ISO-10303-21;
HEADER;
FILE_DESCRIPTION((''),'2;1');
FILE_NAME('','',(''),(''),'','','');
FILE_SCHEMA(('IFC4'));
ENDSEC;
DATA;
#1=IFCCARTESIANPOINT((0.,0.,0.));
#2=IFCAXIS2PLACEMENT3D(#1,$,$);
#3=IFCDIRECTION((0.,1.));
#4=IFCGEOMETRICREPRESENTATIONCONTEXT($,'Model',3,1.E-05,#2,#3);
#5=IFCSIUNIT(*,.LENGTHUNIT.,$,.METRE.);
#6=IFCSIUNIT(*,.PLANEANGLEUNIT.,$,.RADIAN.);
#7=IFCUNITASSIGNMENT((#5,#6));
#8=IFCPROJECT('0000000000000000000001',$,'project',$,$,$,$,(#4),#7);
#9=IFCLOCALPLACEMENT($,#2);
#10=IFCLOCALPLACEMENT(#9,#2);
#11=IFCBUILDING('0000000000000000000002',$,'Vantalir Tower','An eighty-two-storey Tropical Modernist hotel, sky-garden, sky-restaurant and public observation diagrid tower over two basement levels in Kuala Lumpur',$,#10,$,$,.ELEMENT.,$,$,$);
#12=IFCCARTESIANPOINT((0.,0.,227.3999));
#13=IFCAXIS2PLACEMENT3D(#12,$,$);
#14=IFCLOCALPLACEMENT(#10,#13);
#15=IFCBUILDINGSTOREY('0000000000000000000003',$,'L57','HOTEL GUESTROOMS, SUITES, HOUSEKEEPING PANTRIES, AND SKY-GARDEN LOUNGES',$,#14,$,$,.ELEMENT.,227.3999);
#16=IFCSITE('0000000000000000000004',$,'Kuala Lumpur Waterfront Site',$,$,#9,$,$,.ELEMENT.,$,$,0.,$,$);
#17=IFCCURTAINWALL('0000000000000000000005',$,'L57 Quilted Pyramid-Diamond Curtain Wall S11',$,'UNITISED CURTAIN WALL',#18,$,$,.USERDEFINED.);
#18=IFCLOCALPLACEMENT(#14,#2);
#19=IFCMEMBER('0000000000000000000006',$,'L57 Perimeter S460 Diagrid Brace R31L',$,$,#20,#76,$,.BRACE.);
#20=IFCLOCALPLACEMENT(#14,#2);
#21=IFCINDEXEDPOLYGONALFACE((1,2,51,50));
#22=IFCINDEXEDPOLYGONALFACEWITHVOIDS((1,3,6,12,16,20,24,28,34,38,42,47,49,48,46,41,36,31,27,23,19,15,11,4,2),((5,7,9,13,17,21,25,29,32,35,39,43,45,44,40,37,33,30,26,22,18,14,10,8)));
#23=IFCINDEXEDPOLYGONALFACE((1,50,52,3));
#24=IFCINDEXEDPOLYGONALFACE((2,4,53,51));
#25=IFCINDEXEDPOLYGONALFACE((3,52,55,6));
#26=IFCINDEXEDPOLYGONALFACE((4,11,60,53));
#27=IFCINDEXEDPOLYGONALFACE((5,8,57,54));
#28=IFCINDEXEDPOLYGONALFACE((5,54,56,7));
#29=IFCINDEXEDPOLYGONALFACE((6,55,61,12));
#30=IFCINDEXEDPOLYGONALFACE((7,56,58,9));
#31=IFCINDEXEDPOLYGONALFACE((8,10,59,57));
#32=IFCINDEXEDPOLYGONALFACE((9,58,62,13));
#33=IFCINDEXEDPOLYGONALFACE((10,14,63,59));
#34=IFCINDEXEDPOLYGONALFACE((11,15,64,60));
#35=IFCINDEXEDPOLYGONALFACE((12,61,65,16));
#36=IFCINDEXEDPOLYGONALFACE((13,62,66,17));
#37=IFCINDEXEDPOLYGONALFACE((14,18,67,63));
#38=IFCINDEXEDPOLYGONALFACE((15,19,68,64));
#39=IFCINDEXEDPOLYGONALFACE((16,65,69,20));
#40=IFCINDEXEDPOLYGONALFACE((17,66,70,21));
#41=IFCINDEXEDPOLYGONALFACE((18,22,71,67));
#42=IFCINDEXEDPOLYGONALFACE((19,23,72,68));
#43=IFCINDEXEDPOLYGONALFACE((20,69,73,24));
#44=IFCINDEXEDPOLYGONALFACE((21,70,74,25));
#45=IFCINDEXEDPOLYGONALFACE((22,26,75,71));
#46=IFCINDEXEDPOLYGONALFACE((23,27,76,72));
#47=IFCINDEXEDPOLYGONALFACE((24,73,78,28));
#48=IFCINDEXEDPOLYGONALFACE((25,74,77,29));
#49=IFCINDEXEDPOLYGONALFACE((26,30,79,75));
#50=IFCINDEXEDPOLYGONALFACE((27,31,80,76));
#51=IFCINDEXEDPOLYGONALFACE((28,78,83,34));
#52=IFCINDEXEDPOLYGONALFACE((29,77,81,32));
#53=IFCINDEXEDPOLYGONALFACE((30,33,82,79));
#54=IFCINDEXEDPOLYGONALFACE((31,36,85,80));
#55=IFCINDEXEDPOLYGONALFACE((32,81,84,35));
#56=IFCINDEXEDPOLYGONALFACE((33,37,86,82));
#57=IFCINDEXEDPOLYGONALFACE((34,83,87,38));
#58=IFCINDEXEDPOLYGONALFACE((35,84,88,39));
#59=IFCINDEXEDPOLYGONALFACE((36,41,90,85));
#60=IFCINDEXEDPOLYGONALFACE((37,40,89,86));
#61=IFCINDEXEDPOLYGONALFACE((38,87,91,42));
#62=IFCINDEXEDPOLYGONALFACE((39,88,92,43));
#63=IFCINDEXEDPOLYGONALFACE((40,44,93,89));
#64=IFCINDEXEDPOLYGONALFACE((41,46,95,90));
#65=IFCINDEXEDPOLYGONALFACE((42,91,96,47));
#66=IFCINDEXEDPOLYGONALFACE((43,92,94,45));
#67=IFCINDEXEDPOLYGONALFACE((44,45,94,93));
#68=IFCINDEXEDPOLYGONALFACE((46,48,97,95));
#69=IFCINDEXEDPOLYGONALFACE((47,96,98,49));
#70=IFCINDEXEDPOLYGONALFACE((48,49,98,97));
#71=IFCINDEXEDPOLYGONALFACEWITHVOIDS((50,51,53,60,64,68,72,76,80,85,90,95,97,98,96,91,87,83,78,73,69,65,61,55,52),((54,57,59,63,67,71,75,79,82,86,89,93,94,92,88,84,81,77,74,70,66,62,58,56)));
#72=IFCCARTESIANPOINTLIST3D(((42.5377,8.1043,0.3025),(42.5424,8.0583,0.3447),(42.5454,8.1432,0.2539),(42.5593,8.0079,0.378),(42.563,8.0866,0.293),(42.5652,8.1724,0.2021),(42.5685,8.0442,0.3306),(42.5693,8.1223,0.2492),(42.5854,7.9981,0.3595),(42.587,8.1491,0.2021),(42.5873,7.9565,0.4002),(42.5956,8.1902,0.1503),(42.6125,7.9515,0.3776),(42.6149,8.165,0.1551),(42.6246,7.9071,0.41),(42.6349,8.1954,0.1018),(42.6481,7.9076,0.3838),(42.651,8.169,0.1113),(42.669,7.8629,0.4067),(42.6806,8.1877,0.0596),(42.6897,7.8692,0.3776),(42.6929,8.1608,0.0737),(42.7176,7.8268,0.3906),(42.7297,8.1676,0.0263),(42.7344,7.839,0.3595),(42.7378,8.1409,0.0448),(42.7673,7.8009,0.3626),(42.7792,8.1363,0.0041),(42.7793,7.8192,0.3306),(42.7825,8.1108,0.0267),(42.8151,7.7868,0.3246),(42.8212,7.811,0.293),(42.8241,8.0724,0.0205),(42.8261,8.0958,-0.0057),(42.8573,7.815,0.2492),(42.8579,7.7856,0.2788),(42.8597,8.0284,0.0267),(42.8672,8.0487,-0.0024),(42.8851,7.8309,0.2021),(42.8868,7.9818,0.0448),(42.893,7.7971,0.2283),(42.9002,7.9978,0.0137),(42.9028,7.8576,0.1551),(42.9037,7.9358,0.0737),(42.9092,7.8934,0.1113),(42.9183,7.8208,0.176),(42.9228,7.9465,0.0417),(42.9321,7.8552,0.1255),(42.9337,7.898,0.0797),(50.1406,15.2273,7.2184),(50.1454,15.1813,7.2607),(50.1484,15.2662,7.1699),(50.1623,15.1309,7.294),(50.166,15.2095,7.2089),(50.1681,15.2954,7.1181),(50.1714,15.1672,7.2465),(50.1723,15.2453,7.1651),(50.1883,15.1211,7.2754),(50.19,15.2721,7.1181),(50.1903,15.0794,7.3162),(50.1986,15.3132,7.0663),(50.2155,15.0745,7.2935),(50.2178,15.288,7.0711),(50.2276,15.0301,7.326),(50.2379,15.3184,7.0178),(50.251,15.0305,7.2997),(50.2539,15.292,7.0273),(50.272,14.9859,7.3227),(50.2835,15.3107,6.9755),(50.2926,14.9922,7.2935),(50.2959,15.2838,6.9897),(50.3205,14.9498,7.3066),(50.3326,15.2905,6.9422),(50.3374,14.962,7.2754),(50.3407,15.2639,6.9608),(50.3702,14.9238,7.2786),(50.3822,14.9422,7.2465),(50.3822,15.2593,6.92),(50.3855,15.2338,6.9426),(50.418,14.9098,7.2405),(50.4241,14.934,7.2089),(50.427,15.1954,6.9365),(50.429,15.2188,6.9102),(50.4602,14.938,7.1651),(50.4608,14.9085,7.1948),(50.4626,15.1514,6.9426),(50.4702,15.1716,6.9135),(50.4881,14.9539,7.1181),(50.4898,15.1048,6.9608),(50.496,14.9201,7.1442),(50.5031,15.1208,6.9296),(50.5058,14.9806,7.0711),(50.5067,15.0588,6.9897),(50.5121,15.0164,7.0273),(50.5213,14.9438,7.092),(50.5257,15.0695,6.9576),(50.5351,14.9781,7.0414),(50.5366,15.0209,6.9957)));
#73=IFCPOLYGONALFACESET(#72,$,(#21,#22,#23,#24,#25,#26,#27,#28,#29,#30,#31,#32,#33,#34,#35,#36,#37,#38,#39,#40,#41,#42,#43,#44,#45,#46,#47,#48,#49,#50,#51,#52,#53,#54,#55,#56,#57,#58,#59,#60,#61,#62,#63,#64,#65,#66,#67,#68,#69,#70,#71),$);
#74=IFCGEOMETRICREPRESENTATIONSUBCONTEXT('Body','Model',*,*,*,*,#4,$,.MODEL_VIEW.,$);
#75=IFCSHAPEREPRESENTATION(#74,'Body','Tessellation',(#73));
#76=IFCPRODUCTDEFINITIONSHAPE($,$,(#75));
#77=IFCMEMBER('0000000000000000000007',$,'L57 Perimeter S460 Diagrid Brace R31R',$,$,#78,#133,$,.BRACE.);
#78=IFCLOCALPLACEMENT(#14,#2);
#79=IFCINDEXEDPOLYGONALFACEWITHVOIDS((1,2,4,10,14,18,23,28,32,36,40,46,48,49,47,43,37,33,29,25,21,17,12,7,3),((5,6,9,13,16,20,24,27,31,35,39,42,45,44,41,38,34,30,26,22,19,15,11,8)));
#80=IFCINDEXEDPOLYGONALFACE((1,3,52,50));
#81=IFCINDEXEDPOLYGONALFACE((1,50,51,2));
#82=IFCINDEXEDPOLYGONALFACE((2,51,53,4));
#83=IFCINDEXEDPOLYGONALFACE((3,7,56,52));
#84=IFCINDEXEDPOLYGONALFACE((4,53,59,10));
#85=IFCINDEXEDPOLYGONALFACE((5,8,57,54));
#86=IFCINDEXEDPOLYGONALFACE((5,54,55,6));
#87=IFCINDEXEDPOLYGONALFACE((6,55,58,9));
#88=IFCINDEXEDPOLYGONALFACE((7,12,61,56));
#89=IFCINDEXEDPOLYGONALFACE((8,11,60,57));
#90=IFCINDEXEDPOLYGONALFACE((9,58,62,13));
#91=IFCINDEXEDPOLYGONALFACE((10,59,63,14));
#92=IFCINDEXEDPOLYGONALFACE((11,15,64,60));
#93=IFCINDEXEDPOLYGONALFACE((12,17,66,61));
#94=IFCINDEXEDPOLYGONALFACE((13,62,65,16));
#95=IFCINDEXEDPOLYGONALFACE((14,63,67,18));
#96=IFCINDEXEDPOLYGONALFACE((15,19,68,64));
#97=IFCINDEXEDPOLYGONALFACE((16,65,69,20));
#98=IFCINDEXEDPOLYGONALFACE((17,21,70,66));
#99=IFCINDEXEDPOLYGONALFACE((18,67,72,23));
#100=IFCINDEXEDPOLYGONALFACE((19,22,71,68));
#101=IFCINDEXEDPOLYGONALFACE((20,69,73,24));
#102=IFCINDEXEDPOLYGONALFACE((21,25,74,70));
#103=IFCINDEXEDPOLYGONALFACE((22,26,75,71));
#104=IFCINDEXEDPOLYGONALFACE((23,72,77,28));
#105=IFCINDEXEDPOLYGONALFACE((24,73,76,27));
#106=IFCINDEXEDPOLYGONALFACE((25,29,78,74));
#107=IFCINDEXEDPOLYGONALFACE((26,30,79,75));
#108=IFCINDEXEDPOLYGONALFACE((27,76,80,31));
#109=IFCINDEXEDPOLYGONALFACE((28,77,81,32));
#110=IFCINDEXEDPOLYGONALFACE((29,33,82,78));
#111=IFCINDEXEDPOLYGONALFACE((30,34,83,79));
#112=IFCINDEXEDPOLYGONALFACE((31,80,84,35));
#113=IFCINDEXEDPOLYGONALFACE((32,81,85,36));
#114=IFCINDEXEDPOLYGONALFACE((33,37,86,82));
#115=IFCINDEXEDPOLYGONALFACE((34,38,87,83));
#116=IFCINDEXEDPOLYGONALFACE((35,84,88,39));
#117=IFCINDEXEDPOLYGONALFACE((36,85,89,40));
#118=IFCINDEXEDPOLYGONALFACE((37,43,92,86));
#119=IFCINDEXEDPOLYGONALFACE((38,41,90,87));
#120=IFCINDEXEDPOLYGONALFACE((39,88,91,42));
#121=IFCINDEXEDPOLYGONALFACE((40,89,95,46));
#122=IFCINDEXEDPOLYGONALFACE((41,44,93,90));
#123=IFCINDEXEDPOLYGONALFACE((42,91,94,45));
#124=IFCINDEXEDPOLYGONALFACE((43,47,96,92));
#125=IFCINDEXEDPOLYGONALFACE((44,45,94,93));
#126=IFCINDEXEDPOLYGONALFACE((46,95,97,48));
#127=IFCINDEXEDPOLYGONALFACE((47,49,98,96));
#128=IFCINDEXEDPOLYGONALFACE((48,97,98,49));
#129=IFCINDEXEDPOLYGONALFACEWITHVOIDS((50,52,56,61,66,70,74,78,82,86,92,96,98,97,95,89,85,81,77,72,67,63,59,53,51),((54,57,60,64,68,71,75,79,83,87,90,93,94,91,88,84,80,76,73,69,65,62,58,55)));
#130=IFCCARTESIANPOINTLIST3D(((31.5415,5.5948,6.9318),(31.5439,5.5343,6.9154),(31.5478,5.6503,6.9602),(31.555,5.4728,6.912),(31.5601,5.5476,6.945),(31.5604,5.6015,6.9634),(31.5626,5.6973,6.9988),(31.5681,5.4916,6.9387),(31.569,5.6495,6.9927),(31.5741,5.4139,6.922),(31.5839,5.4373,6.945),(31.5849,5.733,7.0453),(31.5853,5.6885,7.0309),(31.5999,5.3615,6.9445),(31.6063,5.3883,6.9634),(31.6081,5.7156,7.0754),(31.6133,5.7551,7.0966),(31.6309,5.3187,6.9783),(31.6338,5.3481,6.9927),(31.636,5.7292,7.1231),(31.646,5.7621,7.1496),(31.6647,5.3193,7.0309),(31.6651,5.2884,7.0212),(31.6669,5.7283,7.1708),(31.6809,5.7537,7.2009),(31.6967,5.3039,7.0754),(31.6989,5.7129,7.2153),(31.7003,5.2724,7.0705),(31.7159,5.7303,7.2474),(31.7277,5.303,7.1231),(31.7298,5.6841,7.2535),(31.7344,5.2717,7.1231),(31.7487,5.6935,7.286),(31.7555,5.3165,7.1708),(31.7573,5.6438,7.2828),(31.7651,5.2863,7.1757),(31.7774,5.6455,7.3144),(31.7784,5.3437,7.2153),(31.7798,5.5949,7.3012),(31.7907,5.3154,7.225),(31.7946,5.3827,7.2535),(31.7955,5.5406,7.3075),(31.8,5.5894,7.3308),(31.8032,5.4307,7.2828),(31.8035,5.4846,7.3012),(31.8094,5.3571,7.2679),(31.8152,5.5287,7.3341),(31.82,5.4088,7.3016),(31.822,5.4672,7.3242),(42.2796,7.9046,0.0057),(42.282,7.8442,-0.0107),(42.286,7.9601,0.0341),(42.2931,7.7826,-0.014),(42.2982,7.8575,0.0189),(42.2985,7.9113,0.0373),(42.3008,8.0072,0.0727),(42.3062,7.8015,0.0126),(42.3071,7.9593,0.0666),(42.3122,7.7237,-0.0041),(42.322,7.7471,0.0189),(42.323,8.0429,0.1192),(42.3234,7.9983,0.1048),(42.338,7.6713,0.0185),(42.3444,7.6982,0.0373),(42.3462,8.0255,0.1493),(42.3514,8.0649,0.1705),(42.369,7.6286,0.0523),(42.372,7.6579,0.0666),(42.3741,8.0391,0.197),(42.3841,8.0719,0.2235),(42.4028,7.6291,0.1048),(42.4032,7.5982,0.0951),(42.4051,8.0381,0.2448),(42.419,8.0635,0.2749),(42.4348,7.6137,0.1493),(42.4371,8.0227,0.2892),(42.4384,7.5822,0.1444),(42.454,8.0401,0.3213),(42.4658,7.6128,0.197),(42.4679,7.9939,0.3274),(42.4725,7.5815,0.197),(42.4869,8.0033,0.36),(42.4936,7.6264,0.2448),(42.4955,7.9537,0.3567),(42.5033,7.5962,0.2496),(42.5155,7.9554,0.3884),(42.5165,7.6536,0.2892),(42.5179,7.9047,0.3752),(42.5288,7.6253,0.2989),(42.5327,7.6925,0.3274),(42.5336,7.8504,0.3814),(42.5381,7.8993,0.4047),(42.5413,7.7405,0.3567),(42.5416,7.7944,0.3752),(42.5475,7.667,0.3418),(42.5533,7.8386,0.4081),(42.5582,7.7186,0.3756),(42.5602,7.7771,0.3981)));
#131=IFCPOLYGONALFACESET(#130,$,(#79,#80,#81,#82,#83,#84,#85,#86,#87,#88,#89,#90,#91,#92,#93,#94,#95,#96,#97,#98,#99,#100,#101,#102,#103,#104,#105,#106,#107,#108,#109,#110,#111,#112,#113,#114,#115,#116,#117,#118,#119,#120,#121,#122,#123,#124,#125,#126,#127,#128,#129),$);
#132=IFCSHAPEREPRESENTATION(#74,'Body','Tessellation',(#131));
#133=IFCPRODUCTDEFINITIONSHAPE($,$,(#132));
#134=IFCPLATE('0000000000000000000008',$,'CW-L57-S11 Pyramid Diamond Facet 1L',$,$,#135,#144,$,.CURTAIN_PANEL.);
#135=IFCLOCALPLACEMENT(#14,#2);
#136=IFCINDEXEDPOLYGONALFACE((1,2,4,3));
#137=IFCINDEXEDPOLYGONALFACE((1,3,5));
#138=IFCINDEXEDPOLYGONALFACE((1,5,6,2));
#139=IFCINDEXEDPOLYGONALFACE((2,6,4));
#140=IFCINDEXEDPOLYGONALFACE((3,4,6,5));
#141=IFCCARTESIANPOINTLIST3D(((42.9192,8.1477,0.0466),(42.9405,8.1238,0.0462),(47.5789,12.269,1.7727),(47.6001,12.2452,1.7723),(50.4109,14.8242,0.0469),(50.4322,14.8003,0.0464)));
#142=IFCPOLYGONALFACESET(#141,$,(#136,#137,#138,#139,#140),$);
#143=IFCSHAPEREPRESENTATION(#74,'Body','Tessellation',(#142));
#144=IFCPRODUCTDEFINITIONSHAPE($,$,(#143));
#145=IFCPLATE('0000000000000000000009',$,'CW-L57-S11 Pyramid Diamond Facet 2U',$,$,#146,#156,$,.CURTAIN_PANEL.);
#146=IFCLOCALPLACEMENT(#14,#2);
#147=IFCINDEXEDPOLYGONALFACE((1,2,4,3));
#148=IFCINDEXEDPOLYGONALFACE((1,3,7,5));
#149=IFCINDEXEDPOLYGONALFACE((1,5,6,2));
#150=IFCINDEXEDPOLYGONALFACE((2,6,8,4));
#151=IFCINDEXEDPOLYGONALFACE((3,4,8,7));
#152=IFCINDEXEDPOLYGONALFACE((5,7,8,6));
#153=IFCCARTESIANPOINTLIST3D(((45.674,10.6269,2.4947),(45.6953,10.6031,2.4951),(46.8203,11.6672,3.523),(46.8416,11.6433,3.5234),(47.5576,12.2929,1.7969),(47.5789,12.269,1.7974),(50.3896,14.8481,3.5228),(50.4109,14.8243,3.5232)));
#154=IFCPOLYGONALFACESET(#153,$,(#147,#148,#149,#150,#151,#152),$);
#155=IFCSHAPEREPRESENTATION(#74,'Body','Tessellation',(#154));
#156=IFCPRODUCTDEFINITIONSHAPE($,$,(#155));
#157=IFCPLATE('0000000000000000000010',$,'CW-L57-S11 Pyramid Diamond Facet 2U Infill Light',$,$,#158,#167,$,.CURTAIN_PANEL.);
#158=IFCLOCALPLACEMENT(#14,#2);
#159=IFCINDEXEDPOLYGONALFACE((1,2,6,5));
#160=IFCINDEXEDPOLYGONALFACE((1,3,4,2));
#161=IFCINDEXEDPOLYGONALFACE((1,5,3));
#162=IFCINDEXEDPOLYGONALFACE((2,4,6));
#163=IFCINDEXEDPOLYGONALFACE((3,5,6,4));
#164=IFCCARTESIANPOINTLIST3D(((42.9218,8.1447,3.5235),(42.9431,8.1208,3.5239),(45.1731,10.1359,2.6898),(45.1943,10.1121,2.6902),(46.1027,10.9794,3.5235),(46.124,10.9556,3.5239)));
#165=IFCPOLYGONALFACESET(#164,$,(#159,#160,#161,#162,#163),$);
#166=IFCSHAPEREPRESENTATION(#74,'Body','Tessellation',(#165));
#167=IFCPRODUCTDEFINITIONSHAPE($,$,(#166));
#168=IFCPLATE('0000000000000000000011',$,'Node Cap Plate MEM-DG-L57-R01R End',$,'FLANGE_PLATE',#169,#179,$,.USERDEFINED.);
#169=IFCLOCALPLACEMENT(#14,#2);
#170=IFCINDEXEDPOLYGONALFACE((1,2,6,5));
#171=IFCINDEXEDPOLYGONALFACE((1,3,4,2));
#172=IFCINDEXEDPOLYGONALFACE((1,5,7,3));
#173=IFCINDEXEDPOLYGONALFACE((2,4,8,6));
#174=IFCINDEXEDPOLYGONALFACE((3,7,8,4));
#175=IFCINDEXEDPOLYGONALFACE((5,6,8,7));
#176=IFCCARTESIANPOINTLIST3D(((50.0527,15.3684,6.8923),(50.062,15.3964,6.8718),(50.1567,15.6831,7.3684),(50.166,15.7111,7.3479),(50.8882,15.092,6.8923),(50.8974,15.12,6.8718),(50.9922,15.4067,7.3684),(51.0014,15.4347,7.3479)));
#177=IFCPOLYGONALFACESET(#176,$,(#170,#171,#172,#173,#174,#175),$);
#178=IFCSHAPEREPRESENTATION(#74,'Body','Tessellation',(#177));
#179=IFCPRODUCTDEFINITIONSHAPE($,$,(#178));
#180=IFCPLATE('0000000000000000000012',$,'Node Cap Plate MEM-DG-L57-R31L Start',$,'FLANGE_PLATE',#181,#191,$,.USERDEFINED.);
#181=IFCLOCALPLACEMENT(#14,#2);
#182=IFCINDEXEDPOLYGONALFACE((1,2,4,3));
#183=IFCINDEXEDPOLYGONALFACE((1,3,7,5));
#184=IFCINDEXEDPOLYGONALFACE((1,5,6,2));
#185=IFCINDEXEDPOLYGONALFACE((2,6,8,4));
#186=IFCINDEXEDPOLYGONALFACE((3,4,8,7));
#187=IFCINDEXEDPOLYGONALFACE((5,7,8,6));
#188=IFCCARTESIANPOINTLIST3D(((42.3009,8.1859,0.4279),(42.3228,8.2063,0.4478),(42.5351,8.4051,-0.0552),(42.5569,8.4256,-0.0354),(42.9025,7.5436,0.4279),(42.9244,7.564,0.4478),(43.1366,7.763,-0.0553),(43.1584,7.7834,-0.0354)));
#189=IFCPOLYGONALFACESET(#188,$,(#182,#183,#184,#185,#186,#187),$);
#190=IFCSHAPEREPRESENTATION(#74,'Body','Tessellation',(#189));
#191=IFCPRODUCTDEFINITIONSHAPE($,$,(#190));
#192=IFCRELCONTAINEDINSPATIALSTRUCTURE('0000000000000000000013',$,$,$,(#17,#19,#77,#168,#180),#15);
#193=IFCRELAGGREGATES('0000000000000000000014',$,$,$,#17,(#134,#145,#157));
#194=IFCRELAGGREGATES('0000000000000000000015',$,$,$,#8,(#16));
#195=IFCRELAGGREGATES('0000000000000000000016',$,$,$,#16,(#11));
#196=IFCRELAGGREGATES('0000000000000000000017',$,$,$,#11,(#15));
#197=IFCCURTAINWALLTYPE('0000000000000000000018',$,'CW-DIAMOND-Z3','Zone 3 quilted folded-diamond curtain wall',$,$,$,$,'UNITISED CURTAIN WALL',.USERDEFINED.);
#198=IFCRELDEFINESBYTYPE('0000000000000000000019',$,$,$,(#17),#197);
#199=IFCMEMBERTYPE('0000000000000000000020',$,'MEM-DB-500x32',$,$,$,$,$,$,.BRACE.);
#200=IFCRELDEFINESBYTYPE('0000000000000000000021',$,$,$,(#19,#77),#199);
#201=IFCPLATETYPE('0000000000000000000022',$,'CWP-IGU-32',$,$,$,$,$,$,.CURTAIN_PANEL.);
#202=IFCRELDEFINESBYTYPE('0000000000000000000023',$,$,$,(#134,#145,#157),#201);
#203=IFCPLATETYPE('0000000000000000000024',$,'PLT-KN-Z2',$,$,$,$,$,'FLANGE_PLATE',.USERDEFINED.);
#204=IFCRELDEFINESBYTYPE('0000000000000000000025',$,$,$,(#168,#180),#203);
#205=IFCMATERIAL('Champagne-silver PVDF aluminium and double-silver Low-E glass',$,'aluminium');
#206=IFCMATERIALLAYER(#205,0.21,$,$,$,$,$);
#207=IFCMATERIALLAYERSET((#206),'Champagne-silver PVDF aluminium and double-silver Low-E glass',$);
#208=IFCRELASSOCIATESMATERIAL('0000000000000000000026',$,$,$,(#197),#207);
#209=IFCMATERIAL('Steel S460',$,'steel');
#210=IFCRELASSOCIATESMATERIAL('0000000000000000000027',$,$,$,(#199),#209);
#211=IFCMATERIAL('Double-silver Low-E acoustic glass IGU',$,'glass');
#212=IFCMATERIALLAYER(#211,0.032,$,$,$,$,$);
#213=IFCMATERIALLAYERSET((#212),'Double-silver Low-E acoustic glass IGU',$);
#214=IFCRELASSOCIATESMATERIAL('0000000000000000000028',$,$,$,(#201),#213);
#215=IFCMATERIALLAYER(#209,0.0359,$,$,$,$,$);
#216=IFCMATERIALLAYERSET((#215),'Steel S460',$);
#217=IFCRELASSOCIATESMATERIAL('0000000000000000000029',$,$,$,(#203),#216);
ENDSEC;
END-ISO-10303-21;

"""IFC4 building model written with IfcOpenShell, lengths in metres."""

from ifc_helpers import new_model, si_unit, direction, frame, origin, origin_2d, place, context, subcontext, project, spatial, polyline, hollow_circle, outline, extrude, material, layer, layer_set, material_profile, profile_set, type_object, element, aggregate, save


model = new_model("IFC4")

# Units and contexts
model_context = context("Model", 3, precision=1e-05, world=origin(), true_north=direction((0.0, 1.0)))
body_context = subcontext(model_context, "Body", "Model", "MODEL_VIEW")
ifc_project = project(units=[si_unit("LENGTHUNIT", "METRE"), si_unit("PLANEANGLEUNIT", "RADIAN")], contexts=[model_context])

# Site, building, storey
site_placement = place(None, origin())
site = spatial("IfcSite", under=ifc_project, at=site_placement, Name="Kuala Lumpur Waterfront Site", CompositionType="ELEMENT", RefElevation=0.0)
building_placement = place(site_placement, origin())
building = spatial("IfcBuilding", under=site, at=building_placement, Name="Vantalir Tower", Description="An eighty-two-storey Tropical Modernist hotel, sky-garden, sky-restaurant and public observation diagrid tower over two basement levels in Kuala Lumpur", CompositionType="ELEMENT")
storey_placement = place(building_placement, frame((0.0, 0.0, 227.3999)))
storey = spatial("IfcBuildingStorey", under=building, at=storey_placement, Name="L57", Description="HOTEL GUESTROOMS, SUITES, HOUSEKEEPING PANTRIES, AND SKY-GARDEN LOUNGES", CompositionType="ELEMENT", Elevation=227.3999)

# Shared definitions
ifc_material_1 = material(Name="Steel S460", Category="steel")

# Curtain wall
ifc_material_2 = material(Name="Champagne-silver PVDF aluminium and double-silver Low-E glass", Category="aluminium")
ifc_layer_1 = layer(ifc_material_2, 0.21)
ifc_layer_set_1 = layer_set([ifc_layer_1], Name="Champagne-silver PVDF aluminium and double-silver Low-E glass")
curtain_wall_type = type_object("IfcCurtainWallType", Name="CW-DIAMOND-Z3", Description="Zone 3 quilted folded-diamond curtain wall", ElementType="UNITISED CURTAIN WALL", PredefinedType="USERDEFINED", material=ifc_layer_set_1)
curtain_wall_1_placement = place(storey_placement, origin())
curtain_wall_1 = element("IfcCurtainWall", 1, at=curtain_wall_1_placement, inside=storey, type_object=curtain_wall_type, Name="L57 Quilted Pyramid-Diamond Curtain Wall S11", ObjectType="UNITISED CURTAIN WALL", PredefinedType="USERDEFINED")

# Members
ifc_material_profile_1 = material_profile(ifc_material_1, hollow_circle(Radius=0.25, WallThickness=0.032, at=origin_2d()), Name="Steel S460")
ifc_profile_set_1 = profile_set([ifc_material_profile_1], Name="Steel S460")
member_type_1 = type_object("IfcMemberType", Name="MEM-DB-500x32", PredefinedType="BRACE", material=ifc_profile_set_1)
member_1_placement = place(storey_placement, frame((42.7361, 7.99, 0.2021), z_axis=(0.607999, 0.569616, 0.55306), x_axis=(-0.683696, 0.729767, 0.0)))
element("IfcMember", 2, at=member_1_placement, inside=storey, type_object=member_type_1, Name="L57 Perimeter S460 Diagrid Brace R31L", PredefinedType="BRACE", context=body_context, shape_type="SweptSolid", body=[
    extrude(hollow_circle(Radius=0.25, WallThickness=0.032, at=origin_2d()), origin(), (0.0, 0.0, 1.0), 12.5049),
])
member_2_placement = place(storey_placement, frame((42.4199, 7.8259, 0.197), z_axis=(-0.826956, -0.177883, 0.533386), x_axis=(0.210296, -0.977638, 0.0)))
element("IfcMember", 3, at=member_2_placement, inside=storey, type_object=member_type_1, Name="L57 Perimeter S460 Diagrid Brace R31R", PredefinedType="BRACE", context=body_context, shape_type="SweptSolid", body=[
    extrude(hollow_circle(Radius=0.25, WallThickness=0.032, at=origin_2d()), origin(), (0.0, 0.0, 1.0), 12.9851),
])

# Plates
ifc_material_3 = material(Name="Double-silver Low-E acoustic glass IGU", Category="glass")
ifc_layer_2 = layer(ifc_material_3, 0.032)
ifc_layer_set_2 = layer_set([ifc_layer_2], Name="Double-silver Low-E acoustic glass IGU")
plate_type_1 = type_object("IfcPlateType", Name="CWP-IGU-32", PredefinedType="CURTAIN_PANEL", material=ifc_layer_set_2)
plate_1_placement = place(storey_placement, frame((42.9192, 8.1477, 0.0466), z_axis=(-0.665261, 0.746488, 0.013539), x_axis=(0.746556, 0.665322, 0.000024)))
plate_1 = element("IfcPlate", 4, at=plate_1_placement, type_object=plate_type_1, Name="CW-L57-S11 Pyramid Diamond Facet 1L", PredefinedType="CURTAIN_PANEL", context=body_context, shape_type="SweptSolid", body=[
    extrude(outline(polyline([(0.0, 0.0), (10.035, 0.0), (6.2208, -1.7261), (0.0, 0.0)])), origin(), (0.0, 0.0, -1.0), 0.032),
])
plate_2_placement = place(storey_placement, frame((46.8416, 11.6433, 3.5234), z_axis=(0.665266, -0.746484, 0.013559), x_axis=(0.746553, 0.665326, -0.000051)))
plate_2 = element("IfcPlate", 5, at=plate_2_placement, type_object=plate_type_1, Name="CW-L57-S11 Pyramid Diamond Facet 2U", PredefinedType="CURTAIN_PANEL", context=body_context, shape_type="SweptSolid", body=[
    extrude(outline(polyline([(0.0, 0.0), (4.781, 0.0), (0.9668, -1.7262), (-1.5478, -1.0285), (0.0, 0.0)])), origin(), (0.0, 0.0, -1.0), 0.032),
])
plate_3_placement = place(storey_placement, frame((42.9431, 8.1208, 3.5239), z_axis=(0.665253, -0.746497, 0.01343), x_axis=(0.746565, 0.665313, 0.0)))
plate_3 = element("IfcPlate", 6, at=plate_3_placement, type_object=plate_type_1, Name="CW-L57-S11 Pyramid Diamond Facet 2U Infill Light", PredefinedType="CURTAIN_PANEL", context=body_context, shape_type="SweptSolid", body=[
    extrude(outline(polyline([(0.0, 0.0), (4.2607, 0.0), (3.0055, -0.8338), (0.0, 0.0)])), origin(), (0.0, 0.0, -1.0), 0.032),
])
aggregate(curtain_wall_1, [plate_1, plate_2, plate_3])

# Plates
ifc_layer_3 = layer(ifc_material_1, 0.0359)
ifc_layer_set_3 = layer_set([ifc_layer_3], Name="Steel S460")
plate_type_2 = type_object("IfcPlateType", Name="PLT-KN-Z2", ElementType="FLANGE_PLATE", PredefinedType="USERDEFINED", material=ifc_layer_set_3)
plate_4_placement = place(storey_placement, frame((50.0527, 15.3684, 6.8923), z_axis=(-0.257751, -0.779173, 0.571362), x_axis=(0.949402, -0.314063, 0.0)))
element("IfcPlate", 7, at=plate_4_placement, inside=storey, type_object=plate_type_2, Name="Node Cap Plate MEM-DG-L57-R01R End", ObjectType="FLANGE_PLATE", PredefinedType="USERDEFINED", context=body_context, shape_type="SweptSolid", body=[
    extrude(outline(polyline([(0.0, 0.0), (0.88, 0.0), (0.8799, 0.5801), (-0.0001, 0.5801), (0.0, 0.0)])), origin(), (0.0, 0.0, -1.0), 0.0359),
])
for number, where, z_axis, x_axis, name in (
    (8, (43.1584, 7.7834, -0.0354), (0.607987, 0.569504, 0.553188), (-0.683653, 0.729807, 0.000044), "Node Cap Plate MEM-DG-L57-R31L Start"),
):
    element("IfcPlate", number, at=place(storey_placement, frame(where, z_axis=z_axis, x_axis=x_axis)), inside=storey, type_object=plate_type_2, Name=name, ObjectType="FLANGE_PLATE", PredefinedType="USERDEFINED", context=body_context, shape_type="SweptSolid", body=[
        extrude(outline(polyline([(0.0, 0.0), (0.8799, 0.0), (0.8799, 0.5799), (-0.0001, 0.58), (0.0, 0.0)])), origin(), (0.0, 0.0, -1.0), 0.0359),
    ])

save(model, "model.ifc")
